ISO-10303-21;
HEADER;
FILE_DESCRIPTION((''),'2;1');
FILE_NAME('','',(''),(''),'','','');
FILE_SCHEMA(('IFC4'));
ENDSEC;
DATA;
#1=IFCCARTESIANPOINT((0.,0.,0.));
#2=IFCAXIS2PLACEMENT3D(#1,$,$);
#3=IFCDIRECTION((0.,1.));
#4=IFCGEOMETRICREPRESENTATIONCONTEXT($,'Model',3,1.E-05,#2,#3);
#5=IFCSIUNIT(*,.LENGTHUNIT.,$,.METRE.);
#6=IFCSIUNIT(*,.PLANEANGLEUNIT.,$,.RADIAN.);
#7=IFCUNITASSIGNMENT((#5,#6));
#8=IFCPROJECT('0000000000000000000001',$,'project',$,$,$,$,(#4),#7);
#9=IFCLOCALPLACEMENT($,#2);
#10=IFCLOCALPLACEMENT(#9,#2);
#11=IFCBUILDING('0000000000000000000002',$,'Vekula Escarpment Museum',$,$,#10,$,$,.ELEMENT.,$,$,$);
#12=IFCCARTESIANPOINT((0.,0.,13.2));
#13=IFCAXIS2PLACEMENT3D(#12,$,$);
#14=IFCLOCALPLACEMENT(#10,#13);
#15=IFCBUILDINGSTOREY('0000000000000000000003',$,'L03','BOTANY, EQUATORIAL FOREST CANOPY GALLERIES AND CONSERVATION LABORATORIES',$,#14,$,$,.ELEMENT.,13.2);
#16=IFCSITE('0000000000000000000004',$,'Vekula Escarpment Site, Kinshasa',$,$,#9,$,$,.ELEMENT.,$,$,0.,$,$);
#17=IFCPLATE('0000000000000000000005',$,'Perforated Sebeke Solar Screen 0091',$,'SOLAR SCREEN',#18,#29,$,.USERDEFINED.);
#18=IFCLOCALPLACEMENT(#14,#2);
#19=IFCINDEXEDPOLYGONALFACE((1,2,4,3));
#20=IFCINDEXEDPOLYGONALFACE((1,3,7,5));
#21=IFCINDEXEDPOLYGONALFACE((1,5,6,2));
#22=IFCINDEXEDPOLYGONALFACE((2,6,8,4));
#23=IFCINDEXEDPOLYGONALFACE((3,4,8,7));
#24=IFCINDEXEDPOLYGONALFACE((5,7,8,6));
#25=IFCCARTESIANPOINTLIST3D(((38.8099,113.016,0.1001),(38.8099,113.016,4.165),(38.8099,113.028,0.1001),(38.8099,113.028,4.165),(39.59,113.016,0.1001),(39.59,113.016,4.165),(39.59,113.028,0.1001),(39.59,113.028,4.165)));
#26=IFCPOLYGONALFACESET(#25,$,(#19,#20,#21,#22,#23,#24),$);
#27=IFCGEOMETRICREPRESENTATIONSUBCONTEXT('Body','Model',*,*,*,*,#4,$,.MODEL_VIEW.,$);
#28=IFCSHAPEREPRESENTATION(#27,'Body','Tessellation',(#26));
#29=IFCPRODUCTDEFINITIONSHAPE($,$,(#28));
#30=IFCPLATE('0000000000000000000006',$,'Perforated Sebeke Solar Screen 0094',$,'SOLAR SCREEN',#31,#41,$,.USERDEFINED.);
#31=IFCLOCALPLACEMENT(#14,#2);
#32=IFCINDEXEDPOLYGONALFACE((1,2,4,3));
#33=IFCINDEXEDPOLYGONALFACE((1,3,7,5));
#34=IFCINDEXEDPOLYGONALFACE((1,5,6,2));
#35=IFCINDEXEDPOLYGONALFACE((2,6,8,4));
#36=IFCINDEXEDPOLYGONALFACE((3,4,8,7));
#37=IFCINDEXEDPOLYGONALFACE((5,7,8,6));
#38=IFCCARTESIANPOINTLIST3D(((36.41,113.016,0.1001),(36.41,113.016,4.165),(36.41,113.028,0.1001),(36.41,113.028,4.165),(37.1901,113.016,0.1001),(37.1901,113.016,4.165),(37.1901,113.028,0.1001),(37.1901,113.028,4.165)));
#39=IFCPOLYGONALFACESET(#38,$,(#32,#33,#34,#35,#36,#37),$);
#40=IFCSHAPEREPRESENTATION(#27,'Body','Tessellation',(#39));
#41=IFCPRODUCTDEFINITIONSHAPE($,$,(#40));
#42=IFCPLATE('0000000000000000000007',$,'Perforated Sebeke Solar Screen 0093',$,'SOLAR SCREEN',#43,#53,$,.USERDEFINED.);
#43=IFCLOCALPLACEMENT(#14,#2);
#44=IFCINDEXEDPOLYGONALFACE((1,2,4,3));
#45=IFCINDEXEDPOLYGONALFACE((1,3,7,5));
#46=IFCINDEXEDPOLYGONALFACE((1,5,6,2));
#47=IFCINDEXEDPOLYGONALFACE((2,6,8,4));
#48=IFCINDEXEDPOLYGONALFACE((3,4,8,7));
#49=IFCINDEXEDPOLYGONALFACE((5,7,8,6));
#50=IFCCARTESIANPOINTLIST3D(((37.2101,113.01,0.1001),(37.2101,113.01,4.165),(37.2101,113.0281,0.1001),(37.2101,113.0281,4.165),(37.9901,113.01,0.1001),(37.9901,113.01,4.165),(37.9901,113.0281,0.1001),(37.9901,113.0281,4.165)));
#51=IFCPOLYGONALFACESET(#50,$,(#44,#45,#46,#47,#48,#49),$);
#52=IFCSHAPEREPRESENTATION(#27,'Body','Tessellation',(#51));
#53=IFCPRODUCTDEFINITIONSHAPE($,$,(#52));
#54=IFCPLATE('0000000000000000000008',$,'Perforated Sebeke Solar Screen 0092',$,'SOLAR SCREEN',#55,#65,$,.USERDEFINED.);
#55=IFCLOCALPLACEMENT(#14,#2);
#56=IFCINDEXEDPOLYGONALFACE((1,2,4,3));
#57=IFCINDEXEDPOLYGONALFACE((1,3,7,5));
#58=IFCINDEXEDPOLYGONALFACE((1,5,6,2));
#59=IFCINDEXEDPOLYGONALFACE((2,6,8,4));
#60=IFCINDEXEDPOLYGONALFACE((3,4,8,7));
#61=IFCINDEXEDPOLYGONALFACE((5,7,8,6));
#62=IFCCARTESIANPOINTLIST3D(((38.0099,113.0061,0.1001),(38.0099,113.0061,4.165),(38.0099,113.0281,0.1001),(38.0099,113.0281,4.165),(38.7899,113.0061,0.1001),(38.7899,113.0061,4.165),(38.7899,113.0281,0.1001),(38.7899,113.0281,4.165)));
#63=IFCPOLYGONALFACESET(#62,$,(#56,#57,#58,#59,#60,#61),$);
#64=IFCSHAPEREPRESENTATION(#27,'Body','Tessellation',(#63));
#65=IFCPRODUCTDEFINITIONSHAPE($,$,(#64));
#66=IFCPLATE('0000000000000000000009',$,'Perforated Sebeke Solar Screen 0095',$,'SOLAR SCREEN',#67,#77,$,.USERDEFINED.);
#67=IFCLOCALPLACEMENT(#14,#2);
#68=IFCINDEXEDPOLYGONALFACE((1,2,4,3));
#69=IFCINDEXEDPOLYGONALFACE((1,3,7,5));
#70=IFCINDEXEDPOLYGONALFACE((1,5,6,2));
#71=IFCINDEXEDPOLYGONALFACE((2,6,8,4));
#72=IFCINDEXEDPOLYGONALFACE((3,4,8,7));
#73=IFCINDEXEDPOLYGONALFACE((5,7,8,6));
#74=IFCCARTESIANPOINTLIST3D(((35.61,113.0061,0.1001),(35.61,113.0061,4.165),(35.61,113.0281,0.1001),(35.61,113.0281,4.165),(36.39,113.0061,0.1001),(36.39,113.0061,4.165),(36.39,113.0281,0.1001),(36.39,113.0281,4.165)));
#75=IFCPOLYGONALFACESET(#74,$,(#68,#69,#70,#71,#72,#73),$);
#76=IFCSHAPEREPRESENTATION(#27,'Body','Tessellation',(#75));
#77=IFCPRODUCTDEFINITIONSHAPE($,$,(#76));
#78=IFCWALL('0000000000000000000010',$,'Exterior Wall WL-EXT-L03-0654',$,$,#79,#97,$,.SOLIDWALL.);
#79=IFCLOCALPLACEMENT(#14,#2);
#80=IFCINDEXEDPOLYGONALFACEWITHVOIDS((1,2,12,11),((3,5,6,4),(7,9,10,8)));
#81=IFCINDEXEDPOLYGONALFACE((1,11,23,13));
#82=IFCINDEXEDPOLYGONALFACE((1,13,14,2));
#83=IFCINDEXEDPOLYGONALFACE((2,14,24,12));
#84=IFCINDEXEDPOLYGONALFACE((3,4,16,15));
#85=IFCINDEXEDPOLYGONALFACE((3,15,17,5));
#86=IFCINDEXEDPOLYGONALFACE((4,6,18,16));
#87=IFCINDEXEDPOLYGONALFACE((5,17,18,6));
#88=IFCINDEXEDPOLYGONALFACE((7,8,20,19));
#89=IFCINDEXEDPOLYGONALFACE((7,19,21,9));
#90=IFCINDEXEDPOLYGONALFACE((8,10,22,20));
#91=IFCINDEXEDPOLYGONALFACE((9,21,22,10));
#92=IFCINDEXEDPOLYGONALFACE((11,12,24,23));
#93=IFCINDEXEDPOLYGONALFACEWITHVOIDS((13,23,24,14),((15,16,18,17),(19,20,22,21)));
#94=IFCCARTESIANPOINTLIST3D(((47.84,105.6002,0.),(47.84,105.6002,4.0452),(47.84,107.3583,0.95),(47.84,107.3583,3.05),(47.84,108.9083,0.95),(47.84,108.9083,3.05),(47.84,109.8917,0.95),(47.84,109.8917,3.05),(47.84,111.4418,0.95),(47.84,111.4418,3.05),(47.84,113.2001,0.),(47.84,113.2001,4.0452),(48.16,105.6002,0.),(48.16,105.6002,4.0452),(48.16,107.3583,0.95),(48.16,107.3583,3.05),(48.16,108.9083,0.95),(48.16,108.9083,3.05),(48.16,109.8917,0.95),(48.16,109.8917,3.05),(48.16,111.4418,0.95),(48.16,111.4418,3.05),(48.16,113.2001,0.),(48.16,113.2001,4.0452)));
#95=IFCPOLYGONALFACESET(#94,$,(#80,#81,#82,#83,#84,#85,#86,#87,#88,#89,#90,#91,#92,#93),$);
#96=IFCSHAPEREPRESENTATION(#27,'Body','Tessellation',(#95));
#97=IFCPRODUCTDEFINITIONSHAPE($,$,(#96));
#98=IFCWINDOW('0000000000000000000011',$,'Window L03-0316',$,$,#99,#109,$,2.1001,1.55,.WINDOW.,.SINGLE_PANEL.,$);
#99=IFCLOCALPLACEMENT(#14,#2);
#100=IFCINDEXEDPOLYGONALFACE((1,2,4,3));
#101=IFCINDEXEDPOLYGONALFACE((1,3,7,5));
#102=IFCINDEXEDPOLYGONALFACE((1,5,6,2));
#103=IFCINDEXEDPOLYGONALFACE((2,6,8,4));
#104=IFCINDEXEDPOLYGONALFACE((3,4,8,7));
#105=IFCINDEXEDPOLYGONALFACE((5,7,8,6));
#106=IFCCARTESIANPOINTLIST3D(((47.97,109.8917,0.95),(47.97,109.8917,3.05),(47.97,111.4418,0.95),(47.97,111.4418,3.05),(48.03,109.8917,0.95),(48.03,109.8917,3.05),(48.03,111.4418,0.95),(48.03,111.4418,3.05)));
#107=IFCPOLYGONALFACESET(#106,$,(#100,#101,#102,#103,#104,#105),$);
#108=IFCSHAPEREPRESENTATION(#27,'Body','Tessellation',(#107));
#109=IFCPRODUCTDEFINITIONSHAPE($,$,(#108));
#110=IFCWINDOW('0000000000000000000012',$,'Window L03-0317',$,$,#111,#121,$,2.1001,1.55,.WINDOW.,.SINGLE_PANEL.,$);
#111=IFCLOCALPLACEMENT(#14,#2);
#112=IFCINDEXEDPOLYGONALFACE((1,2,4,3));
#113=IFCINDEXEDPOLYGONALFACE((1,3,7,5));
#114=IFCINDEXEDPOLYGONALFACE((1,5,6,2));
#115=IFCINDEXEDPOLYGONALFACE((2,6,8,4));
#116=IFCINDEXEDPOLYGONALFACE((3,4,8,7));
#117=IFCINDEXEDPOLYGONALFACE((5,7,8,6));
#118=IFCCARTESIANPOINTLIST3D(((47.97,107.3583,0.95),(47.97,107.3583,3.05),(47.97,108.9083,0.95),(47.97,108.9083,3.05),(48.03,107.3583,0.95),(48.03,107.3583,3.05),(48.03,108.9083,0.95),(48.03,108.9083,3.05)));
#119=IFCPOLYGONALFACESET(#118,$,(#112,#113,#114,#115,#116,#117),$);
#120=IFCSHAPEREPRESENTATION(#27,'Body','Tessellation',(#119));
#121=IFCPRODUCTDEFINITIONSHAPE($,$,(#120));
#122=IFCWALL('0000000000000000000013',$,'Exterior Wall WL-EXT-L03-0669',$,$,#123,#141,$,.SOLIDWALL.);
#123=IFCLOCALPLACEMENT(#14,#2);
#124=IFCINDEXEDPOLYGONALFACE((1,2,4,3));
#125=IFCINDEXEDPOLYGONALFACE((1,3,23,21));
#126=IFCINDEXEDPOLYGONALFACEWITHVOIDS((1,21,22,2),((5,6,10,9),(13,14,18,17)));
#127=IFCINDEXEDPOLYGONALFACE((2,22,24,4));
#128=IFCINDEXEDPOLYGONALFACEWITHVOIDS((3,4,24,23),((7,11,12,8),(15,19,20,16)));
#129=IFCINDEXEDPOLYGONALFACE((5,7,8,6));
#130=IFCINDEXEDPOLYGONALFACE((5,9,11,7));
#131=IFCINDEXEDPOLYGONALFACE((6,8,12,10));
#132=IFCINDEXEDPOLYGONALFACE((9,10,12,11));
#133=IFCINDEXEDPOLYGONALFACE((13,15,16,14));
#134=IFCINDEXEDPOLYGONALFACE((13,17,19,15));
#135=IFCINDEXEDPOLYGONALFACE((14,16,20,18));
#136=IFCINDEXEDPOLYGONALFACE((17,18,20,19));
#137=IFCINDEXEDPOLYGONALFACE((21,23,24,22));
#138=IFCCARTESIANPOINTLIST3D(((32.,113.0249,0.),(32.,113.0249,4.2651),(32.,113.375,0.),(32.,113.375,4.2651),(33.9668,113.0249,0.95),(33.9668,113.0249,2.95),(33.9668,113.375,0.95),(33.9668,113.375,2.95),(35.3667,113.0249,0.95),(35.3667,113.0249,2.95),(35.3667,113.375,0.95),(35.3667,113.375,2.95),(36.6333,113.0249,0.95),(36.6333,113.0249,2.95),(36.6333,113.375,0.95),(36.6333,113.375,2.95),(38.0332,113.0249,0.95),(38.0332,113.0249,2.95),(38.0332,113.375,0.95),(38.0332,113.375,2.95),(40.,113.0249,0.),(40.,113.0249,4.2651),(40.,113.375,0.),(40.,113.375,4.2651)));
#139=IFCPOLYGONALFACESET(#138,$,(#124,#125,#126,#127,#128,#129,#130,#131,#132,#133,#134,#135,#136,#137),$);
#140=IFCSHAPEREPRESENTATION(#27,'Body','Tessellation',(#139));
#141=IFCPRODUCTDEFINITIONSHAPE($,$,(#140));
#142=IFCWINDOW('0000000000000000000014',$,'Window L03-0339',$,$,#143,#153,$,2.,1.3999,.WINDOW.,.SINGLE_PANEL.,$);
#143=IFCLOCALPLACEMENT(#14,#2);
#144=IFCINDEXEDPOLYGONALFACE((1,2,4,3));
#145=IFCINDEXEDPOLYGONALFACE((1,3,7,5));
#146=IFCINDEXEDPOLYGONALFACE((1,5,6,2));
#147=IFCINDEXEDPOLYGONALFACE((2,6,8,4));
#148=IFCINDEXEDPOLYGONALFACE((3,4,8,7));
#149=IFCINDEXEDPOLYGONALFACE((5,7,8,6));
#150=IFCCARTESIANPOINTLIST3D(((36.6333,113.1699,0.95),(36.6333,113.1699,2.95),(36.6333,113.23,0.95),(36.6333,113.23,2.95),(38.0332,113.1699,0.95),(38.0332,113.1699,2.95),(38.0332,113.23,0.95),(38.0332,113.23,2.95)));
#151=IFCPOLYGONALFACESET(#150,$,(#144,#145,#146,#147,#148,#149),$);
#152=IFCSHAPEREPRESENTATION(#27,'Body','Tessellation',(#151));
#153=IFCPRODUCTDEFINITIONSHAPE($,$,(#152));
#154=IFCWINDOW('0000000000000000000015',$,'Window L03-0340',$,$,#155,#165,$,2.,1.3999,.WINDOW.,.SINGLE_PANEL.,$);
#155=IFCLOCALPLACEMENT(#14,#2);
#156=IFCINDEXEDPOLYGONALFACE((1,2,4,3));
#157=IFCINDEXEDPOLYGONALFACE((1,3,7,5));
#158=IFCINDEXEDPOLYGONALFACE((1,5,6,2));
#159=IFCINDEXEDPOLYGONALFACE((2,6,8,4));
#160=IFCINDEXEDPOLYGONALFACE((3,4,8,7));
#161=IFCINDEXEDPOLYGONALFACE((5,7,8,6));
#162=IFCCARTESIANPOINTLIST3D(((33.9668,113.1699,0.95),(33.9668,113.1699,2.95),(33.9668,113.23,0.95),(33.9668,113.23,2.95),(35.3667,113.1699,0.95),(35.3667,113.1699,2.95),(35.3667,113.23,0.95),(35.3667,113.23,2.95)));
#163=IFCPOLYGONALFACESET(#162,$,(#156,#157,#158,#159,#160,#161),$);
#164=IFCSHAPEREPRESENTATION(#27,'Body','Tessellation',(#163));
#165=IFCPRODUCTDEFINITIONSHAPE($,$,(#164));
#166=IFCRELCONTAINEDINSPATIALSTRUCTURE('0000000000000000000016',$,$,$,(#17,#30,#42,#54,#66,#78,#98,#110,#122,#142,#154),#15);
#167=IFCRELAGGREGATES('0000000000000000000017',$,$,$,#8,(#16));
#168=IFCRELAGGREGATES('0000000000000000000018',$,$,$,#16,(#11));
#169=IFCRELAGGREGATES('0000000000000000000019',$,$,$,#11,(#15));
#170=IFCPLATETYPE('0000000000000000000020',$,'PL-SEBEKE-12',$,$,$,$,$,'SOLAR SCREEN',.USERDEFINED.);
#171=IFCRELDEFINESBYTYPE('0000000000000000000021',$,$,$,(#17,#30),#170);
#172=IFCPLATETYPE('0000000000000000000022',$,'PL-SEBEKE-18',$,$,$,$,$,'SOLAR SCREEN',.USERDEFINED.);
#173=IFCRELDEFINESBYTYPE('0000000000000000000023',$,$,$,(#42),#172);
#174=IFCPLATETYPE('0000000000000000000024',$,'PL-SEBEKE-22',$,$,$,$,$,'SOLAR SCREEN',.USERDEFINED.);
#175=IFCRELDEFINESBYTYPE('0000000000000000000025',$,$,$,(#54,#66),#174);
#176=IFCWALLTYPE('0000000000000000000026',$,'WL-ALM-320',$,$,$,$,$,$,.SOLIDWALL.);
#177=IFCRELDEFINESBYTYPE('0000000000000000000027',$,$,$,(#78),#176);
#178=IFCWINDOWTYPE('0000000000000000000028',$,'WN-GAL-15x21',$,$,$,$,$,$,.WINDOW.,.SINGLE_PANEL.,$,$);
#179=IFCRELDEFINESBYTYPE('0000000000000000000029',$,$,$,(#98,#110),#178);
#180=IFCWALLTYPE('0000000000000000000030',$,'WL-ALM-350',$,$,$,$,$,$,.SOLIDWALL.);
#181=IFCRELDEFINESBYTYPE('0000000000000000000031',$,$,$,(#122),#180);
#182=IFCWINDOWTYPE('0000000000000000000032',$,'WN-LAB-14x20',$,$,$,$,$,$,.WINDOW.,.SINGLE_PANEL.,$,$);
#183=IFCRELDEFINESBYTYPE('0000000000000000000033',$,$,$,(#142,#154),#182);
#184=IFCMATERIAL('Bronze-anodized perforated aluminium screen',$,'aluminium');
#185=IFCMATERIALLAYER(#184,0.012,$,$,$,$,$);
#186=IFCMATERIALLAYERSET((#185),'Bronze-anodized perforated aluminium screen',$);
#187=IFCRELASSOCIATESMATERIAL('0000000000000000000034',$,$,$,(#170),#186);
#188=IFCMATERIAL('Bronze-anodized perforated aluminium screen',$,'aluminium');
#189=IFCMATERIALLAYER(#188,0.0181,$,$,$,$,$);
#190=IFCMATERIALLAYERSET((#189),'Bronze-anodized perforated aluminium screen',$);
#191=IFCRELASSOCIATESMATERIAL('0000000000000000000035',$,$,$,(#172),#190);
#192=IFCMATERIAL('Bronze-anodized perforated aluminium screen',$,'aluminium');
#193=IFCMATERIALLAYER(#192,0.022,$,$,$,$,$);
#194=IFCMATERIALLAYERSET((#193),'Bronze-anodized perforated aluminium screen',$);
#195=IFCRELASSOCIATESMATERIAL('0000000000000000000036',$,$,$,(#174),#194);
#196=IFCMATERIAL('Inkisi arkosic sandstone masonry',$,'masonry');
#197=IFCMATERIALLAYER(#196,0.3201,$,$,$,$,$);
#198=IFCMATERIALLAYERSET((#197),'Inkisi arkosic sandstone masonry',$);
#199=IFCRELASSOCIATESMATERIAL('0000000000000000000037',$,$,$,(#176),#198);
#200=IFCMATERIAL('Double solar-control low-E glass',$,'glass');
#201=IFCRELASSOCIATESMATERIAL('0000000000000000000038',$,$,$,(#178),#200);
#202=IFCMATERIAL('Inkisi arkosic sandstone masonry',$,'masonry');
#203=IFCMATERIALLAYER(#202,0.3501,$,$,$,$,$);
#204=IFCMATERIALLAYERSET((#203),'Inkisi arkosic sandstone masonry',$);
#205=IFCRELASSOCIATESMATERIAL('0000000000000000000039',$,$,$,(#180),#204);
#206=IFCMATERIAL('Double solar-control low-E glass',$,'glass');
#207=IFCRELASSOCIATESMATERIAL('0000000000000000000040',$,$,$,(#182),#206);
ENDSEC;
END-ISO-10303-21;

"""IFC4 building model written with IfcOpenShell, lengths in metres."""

from ifc_helpers import new_model, si_unit, direction, frame, frame_2d, origin, origin_2d, place, context, subcontext, project, spatial, rectangle, extrude, material, layer, layer_set, type_object, element, fill, save


model = new_model("IFC4")

# Units and contexts
model_context = context("Model", 3, precision=1e-05, world=origin(), true_north=direction((0.0, 1.0)))
body_context = subcontext(model_context, "Body", "Model", "MODEL_VIEW")
ifc_project = project(units=[si_unit("LENGTHUNIT", "METRE"), si_unit("PLANEANGLEUNIT", "RADIAN")], contexts=[model_context])

# Site, building, storey
site_placement = place(None, origin())
site = spatial("IfcSite", under=ifc_project, at=site_placement, Name="Vekula Escarpment Site, Kinshasa", CompositionType="ELEMENT", RefElevation=0.0)
building_placement = place(site_placement, origin())
building = spatial("IfcBuilding", under=site, at=building_placement, Name="Vekula Escarpment Museum", CompositionType="ELEMENT")
storey_placement = place(building_placement, frame((0.0, 0.0, 13.2)))
storey = spatial("IfcBuildingStorey", under=building, at=storey_placement, Name="L03", Description="BOTANY, EQUATORIAL FOREST CANOPY GALLERIES AND CONSERVATION LABORATORIES", CompositionType="ELEMENT", Elevation=13.2)

# Plates
ifc_material_1 = material(Name="Bronze-anodized perforated aluminium screen", Category="aluminium")
ifc_layer_1 = layer(ifc_material_1, 0.012)
ifc_layer_set_1 = layer_set([ifc_layer_1], Name="Bronze-anodized perforated aluminium screen")
plate_type_1 = type_object("IfcPlateType", Name="PL-SEBEKE-12", ElementType="SOLAR SCREEN", PredefinedType="USERDEFINED", material=ifc_layer_set_1)
for number, where, z_axis, x_axis, name in (
    (1, (39.2, 113.022, 0.1001), (0.0, 0.0, 1.0), (1.0, 0.0, 0.0), "Perforated Sebeke Solar Screen 0091"),
    (2, (36.8, 113.022, 0.1001), (0.0, 0.0, 1.0), (1.0, 0.0, 0.0), "Perforated Sebeke Solar Screen 0094"),
):
    element("IfcPlate", number, at=place(storey_placement, frame(where, z_axis=z_axis, x_axis=x_axis)), inside=storey, type_object=plate_type_1, Name=name, ObjectType="SOLAR SCREEN", PredefinedType="USERDEFINED", context=body_context, shape_type="SweptSolid", body=[
        extrude(rectangle(XDim=0.78, YDim=0.012, at=origin_2d()), origin(), (0.0, 0.0, 1.0), 4.0649),
    ])
ifc_material_2 = material(Name="Bronze-anodized perforated aluminium screen", Category="aluminium")
ifc_layer_2 = layer(ifc_material_2, 0.0181)
ifc_layer_set_2 = layer_set([ifc_layer_2], Name="Bronze-anodized perforated aluminium screen")
plate_type_2 = type_object("IfcPlateType", Name="PL-SEBEKE-18", ElementType="SOLAR SCREEN", PredefinedType="USERDEFINED", material=ifc_layer_set_2)
plate_placement = place(storey_placement, frame((37.6001, 113.019, 0.1001), z_axis=(0.0, 0.0, 1.0), x_axis=(1.0, 0.0, 0.0)))
element("IfcPlate", 3, at=plate_placement, inside=storey, type_object=plate_type_2, Name="Perforated Sebeke Solar Screen 0093", ObjectType="SOLAR SCREEN", PredefinedType="USERDEFINED", context=body_context, shape_type="SweptSolid", body=[
    extrude(rectangle(XDim=0.78, YDim=0.0181, at=origin_2d()), origin(), (0.0, 0.0, 1.0), 4.0649),
])
ifc_material_3 = material(Name="Bronze-anodized perforated aluminium screen", Category="aluminium")
ifc_layer_3 = layer(ifc_material_3, 0.022)
ifc_layer_set_3 = layer_set([ifc_layer_3], Name="Bronze-anodized perforated aluminium screen")
plate_type_3 = type_object("IfcPlateType", Name="PL-SEBEKE-22", ElementType="SOLAR SCREEN", PredefinedType="USERDEFINED", material=ifc_layer_set_3)
for number, where, z_axis, x_axis, name in (
    (4, (38.3999, 113.0171, 0.1001), (0.0, 0.0, 1.0), (1.0, 0.0, 0.0), "Perforated Sebeke Solar Screen 0092"),
    (5, (36.0, 113.0171, 0.1001), (0.0, 0.0, 1.0), (1.0, 0.0, 0.0), "Perforated Sebeke Solar Screen 0095"),
):
    element("IfcPlate", number, at=place(storey_placement, frame(where, z_axis=z_axis, x_axis=x_axis)), inside=storey, type_object=plate_type_3, Name=name, ObjectType="SOLAR SCREEN", PredefinedType="USERDEFINED", context=body_context, shape_type="SweptSolid", body=[
        extrude(rectangle(XDim=0.78, YDim=0.022, at=origin_2d()), origin(), (0.0, 0.0, 1.0), 4.0649),
    ])

# Walls, openings, windows
ifc_material_4 = material(Name="Inkisi arkosic sandstone masonry", Category="masonry")
ifc_layer_4 = layer(ifc_material_4, 0.3201)
ifc_layer_set_4 = layer_set([ifc_layer_4], Name="Inkisi arkosic sandstone masonry")
wall_type_1 = type_object("IfcWallType", Name="WL-ALM-320", PredefinedType="SOLIDWALL", material=ifc_layer_set_4)
wall_1_placement = place(storey_placement, frame((48.0, 113.2, 0.0), z_axis=(0.0, 0.0, 1.0), x_axis=(0.0, -1.0, 0.0)))
wall_1 = element("IfcWall", 6, at=wall_1_placement, inside=storey, type_object=wall_type_1, Name="Exterior Wall WL-EXT-L03-0654", PredefinedType="SOLIDWALL", context=body_context, shape_type="SweptSolid", body=[
    extrude(rectangle(XDim=7.5999, YDim=0.3201, at=frame_2d((3.7998, 0.0))), origin(), (0.0, 0.0, 1.0), 4.0452),
])
opening_1_placement = place(wall_1_placement, frame((1.7583, 0.0, 0.95)))
opening_1 = element("IfcOpeningElement", 7, at=opening_1_placement, cuts=wall_1, PredefinedType="OPENING", context=body_context, shape_type="SweptSolid", body=[
    extrude(rectangle(XDim=1.55, YDim=2.1001, at=frame_2d((0.7749, 1.05))), frame((0.0, 0.1699, 0.0), z_axis=(0.0, -1.0, 0.0), x_axis=(1.0, 0.0, 0.0)), (0.0, 0.0, 1.0), 0.3401),
])
opening_2_placement = place(wall_1_placement, frame((4.2917, 0.0, 0.95)))
opening_2 = element("IfcOpeningElement", 8, at=opening_2_placement, cuts=wall_1, PredefinedType="OPENING", context=body_context, shape_type="SweptSolid", body=[
    extrude(rectangle(XDim=1.55, YDim=2.1001, at=frame_2d((0.7749, 1.05))), frame((0.0, 0.1699, 0.0), z_axis=(0.0, -1.0, 0.0), x_axis=(1.0, 0.0, 0.0)), (0.0, 0.0, 1.0), 0.3401),
])
ifc_material_5 = material(Name="Double solar-control low-E glass", Category="glass")
window_type_1 = type_object("IfcWindowType", Name="WN-GAL-15x21", PartitioningType="SINGLE_PANEL", PredefinedType="WINDOW", material=ifc_material_5)
window_1_placement = place(opening_1_placement, origin())
window_1 = element("IfcWindow", 9, at=window_1_placement, inside=storey, type_object=window_type_1, Name="Window L03-0316", OverallHeight=2.1001, OverallWidth=1.55, PartitioningType="SINGLE_PANEL", PredefinedType="WINDOW", context=body_context, shape_type="SweptSolid", body=[
    extrude(rectangle(XDim=1.55, YDim=2.1001, at=frame_2d((0.7749, 1.05))), frame((0.0, 0.03, 0.0), z_axis=(0.0, -1.0, 0.0), x_axis=(1.0, 0.0, 0.0)), (0.0, 0.0, 1.0), 0.0601),
])
fill(opening_1, window_1)
window_2_placement = place(opening_2_placement, origin())
window_2 = element("IfcWindow", 10, at=window_2_placement, inside=storey, type_object=window_type_1, Name="Window L03-0317", OverallHeight=2.1001, OverallWidth=1.55, PartitioningType="SINGLE_PANEL", PredefinedType="WINDOW", context=body_context, shape_type="SweptSolid", body=[
    extrude(rectangle(XDim=1.55, YDim=2.1001, at=frame_2d((0.7749, 1.05))), frame((0.0, 0.03, 0.0), z_axis=(0.0, -1.0, 0.0), x_axis=(1.0, 0.0, 0.0)), (0.0, 0.0, 1.0), 0.0601),
])
fill(opening_2, window_2)
ifc_material_6 = material(Name="Inkisi arkosic sandstone masonry", Category="masonry")
ifc_layer_5 = layer(ifc_material_6, 0.3501)
ifc_layer_set_5 = layer_set([ifc_layer_5], Name="Inkisi arkosic sandstone masonry")
wall_type_2 = type_object("IfcWallType", Name="WL-ALM-350", PredefinedType="SOLIDWALL", material=ifc_layer_set_5)
wall_2_placement = place(storey_placement, frame((40.0, 113.2, 0.0), z_axis=(0.0, 0.0, 1.0), x_axis=(-1.0, 0.0, 0.0)))
wall_2 = element("IfcWall", 11, at=wall_2_placement, inside=storey, type_object=wall_type_2, Name="Exterior Wall WL-EXT-L03-0669", PredefinedType="SOLIDWALL", context=body_context, shape_type="SweptSolid", body=[
    extrude(rectangle(XDim=8.0, YDim=0.3501, at=frame_2d((4.0, 0.0))), origin(), (0.0, 0.0, 1.0), 4.2651),
])
opening_3_placement = place(wall_2_placement, frame((1.9668, 0.0, 0.95)))
opening_3 = element("IfcOpeningElement", 12, at=opening_3_placement, cuts=wall_2, PredefinedType="OPENING", context=body_context, shape_type="SweptSolid", body=[
    extrude(rectangle(XDim=1.3999, YDim=2.0, at=frame_2d((0.7, 1.0))), frame((0.0, 0.1851, 0.0), z_axis=(0.0, -1.0, 0.0), x_axis=(1.0, 0.0, 0.0)), (0.0, 0.0, 1.0), 0.3701),
])
opening_4_placement = place(wall_2_placement, frame((4.6333, 0.0, 0.95)))
opening_4 = element("IfcOpeningElement", 13, at=opening_4_placement, cuts=wall_2, PredefinedType="OPENING", context=body_context, shape_type="SweptSolid", body=[
    extrude(rectangle(XDim=1.3999, YDim=2.0, at=frame_2d((0.7, 1.0))), frame((0.0, 0.1851, 0.0), z_axis=(0.0, -1.0, 0.0), x_axis=(1.0, 0.0, 0.0)), (0.0, 0.0, 1.0), 0.3701),
])
ifc_material_7 = material(Name="Double solar-control low-E glass", Category="glass")
window_type_2 = type_object("IfcWindowType", Name="WN-LAB-14x20", PartitioningType="SINGLE_PANEL", PredefinedType="WINDOW", material=ifc_material_7)
window_3_placement = place(opening_3_placement, origin())
window_3 = element("IfcWindow", 14, at=window_3_placement, inside=storey, type_object=window_type_2, Name="Window L03-0339", OverallHeight=2.0, OverallWidth=1.3999, PartitioningType="SINGLE_PANEL", PredefinedType="WINDOW", context=body_context, shape_type="SweptSolid", body=[
    extrude(rectangle(XDim=1.3999, YDim=2.0, at=frame_2d((0.7, 1.0))), frame((0.0, 0.03, 0.0), z_axis=(0.0, -1.0, 0.0), x_axis=(1.0, 0.0, 0.0)), (0.0, 0.0, 1.0), 0.0601),
])
fill(opening_3, window_3)
window_4_placement = place(opening_4_placement, origin())
window_4 = element("IfcWindow", 15, at=window_4_placement, inside=storey, type_object=window_type_2, Name="Window L03-0340", OverallHeight=2.0, OverallWidth=1.3999, PartitioningType="SINGLE_PANEL", PredefinedType="WINDOW", context=body_context, shape_type="SweptSolid", body=[
    extrude(rectangle(XDim=1.3999, YDim=2.0, at=frame_2d((0.7, 1.0))), frame((0.0, 0.03, 0.0), z_axis=(0.0, -1.0, 0.0), x_axis=(1.0, 0.0, 0.0)), (0.0, 0.0, 1.0), 0.0601),
])
fill(opening_4, window_4)

save(model, "model.ifc")
